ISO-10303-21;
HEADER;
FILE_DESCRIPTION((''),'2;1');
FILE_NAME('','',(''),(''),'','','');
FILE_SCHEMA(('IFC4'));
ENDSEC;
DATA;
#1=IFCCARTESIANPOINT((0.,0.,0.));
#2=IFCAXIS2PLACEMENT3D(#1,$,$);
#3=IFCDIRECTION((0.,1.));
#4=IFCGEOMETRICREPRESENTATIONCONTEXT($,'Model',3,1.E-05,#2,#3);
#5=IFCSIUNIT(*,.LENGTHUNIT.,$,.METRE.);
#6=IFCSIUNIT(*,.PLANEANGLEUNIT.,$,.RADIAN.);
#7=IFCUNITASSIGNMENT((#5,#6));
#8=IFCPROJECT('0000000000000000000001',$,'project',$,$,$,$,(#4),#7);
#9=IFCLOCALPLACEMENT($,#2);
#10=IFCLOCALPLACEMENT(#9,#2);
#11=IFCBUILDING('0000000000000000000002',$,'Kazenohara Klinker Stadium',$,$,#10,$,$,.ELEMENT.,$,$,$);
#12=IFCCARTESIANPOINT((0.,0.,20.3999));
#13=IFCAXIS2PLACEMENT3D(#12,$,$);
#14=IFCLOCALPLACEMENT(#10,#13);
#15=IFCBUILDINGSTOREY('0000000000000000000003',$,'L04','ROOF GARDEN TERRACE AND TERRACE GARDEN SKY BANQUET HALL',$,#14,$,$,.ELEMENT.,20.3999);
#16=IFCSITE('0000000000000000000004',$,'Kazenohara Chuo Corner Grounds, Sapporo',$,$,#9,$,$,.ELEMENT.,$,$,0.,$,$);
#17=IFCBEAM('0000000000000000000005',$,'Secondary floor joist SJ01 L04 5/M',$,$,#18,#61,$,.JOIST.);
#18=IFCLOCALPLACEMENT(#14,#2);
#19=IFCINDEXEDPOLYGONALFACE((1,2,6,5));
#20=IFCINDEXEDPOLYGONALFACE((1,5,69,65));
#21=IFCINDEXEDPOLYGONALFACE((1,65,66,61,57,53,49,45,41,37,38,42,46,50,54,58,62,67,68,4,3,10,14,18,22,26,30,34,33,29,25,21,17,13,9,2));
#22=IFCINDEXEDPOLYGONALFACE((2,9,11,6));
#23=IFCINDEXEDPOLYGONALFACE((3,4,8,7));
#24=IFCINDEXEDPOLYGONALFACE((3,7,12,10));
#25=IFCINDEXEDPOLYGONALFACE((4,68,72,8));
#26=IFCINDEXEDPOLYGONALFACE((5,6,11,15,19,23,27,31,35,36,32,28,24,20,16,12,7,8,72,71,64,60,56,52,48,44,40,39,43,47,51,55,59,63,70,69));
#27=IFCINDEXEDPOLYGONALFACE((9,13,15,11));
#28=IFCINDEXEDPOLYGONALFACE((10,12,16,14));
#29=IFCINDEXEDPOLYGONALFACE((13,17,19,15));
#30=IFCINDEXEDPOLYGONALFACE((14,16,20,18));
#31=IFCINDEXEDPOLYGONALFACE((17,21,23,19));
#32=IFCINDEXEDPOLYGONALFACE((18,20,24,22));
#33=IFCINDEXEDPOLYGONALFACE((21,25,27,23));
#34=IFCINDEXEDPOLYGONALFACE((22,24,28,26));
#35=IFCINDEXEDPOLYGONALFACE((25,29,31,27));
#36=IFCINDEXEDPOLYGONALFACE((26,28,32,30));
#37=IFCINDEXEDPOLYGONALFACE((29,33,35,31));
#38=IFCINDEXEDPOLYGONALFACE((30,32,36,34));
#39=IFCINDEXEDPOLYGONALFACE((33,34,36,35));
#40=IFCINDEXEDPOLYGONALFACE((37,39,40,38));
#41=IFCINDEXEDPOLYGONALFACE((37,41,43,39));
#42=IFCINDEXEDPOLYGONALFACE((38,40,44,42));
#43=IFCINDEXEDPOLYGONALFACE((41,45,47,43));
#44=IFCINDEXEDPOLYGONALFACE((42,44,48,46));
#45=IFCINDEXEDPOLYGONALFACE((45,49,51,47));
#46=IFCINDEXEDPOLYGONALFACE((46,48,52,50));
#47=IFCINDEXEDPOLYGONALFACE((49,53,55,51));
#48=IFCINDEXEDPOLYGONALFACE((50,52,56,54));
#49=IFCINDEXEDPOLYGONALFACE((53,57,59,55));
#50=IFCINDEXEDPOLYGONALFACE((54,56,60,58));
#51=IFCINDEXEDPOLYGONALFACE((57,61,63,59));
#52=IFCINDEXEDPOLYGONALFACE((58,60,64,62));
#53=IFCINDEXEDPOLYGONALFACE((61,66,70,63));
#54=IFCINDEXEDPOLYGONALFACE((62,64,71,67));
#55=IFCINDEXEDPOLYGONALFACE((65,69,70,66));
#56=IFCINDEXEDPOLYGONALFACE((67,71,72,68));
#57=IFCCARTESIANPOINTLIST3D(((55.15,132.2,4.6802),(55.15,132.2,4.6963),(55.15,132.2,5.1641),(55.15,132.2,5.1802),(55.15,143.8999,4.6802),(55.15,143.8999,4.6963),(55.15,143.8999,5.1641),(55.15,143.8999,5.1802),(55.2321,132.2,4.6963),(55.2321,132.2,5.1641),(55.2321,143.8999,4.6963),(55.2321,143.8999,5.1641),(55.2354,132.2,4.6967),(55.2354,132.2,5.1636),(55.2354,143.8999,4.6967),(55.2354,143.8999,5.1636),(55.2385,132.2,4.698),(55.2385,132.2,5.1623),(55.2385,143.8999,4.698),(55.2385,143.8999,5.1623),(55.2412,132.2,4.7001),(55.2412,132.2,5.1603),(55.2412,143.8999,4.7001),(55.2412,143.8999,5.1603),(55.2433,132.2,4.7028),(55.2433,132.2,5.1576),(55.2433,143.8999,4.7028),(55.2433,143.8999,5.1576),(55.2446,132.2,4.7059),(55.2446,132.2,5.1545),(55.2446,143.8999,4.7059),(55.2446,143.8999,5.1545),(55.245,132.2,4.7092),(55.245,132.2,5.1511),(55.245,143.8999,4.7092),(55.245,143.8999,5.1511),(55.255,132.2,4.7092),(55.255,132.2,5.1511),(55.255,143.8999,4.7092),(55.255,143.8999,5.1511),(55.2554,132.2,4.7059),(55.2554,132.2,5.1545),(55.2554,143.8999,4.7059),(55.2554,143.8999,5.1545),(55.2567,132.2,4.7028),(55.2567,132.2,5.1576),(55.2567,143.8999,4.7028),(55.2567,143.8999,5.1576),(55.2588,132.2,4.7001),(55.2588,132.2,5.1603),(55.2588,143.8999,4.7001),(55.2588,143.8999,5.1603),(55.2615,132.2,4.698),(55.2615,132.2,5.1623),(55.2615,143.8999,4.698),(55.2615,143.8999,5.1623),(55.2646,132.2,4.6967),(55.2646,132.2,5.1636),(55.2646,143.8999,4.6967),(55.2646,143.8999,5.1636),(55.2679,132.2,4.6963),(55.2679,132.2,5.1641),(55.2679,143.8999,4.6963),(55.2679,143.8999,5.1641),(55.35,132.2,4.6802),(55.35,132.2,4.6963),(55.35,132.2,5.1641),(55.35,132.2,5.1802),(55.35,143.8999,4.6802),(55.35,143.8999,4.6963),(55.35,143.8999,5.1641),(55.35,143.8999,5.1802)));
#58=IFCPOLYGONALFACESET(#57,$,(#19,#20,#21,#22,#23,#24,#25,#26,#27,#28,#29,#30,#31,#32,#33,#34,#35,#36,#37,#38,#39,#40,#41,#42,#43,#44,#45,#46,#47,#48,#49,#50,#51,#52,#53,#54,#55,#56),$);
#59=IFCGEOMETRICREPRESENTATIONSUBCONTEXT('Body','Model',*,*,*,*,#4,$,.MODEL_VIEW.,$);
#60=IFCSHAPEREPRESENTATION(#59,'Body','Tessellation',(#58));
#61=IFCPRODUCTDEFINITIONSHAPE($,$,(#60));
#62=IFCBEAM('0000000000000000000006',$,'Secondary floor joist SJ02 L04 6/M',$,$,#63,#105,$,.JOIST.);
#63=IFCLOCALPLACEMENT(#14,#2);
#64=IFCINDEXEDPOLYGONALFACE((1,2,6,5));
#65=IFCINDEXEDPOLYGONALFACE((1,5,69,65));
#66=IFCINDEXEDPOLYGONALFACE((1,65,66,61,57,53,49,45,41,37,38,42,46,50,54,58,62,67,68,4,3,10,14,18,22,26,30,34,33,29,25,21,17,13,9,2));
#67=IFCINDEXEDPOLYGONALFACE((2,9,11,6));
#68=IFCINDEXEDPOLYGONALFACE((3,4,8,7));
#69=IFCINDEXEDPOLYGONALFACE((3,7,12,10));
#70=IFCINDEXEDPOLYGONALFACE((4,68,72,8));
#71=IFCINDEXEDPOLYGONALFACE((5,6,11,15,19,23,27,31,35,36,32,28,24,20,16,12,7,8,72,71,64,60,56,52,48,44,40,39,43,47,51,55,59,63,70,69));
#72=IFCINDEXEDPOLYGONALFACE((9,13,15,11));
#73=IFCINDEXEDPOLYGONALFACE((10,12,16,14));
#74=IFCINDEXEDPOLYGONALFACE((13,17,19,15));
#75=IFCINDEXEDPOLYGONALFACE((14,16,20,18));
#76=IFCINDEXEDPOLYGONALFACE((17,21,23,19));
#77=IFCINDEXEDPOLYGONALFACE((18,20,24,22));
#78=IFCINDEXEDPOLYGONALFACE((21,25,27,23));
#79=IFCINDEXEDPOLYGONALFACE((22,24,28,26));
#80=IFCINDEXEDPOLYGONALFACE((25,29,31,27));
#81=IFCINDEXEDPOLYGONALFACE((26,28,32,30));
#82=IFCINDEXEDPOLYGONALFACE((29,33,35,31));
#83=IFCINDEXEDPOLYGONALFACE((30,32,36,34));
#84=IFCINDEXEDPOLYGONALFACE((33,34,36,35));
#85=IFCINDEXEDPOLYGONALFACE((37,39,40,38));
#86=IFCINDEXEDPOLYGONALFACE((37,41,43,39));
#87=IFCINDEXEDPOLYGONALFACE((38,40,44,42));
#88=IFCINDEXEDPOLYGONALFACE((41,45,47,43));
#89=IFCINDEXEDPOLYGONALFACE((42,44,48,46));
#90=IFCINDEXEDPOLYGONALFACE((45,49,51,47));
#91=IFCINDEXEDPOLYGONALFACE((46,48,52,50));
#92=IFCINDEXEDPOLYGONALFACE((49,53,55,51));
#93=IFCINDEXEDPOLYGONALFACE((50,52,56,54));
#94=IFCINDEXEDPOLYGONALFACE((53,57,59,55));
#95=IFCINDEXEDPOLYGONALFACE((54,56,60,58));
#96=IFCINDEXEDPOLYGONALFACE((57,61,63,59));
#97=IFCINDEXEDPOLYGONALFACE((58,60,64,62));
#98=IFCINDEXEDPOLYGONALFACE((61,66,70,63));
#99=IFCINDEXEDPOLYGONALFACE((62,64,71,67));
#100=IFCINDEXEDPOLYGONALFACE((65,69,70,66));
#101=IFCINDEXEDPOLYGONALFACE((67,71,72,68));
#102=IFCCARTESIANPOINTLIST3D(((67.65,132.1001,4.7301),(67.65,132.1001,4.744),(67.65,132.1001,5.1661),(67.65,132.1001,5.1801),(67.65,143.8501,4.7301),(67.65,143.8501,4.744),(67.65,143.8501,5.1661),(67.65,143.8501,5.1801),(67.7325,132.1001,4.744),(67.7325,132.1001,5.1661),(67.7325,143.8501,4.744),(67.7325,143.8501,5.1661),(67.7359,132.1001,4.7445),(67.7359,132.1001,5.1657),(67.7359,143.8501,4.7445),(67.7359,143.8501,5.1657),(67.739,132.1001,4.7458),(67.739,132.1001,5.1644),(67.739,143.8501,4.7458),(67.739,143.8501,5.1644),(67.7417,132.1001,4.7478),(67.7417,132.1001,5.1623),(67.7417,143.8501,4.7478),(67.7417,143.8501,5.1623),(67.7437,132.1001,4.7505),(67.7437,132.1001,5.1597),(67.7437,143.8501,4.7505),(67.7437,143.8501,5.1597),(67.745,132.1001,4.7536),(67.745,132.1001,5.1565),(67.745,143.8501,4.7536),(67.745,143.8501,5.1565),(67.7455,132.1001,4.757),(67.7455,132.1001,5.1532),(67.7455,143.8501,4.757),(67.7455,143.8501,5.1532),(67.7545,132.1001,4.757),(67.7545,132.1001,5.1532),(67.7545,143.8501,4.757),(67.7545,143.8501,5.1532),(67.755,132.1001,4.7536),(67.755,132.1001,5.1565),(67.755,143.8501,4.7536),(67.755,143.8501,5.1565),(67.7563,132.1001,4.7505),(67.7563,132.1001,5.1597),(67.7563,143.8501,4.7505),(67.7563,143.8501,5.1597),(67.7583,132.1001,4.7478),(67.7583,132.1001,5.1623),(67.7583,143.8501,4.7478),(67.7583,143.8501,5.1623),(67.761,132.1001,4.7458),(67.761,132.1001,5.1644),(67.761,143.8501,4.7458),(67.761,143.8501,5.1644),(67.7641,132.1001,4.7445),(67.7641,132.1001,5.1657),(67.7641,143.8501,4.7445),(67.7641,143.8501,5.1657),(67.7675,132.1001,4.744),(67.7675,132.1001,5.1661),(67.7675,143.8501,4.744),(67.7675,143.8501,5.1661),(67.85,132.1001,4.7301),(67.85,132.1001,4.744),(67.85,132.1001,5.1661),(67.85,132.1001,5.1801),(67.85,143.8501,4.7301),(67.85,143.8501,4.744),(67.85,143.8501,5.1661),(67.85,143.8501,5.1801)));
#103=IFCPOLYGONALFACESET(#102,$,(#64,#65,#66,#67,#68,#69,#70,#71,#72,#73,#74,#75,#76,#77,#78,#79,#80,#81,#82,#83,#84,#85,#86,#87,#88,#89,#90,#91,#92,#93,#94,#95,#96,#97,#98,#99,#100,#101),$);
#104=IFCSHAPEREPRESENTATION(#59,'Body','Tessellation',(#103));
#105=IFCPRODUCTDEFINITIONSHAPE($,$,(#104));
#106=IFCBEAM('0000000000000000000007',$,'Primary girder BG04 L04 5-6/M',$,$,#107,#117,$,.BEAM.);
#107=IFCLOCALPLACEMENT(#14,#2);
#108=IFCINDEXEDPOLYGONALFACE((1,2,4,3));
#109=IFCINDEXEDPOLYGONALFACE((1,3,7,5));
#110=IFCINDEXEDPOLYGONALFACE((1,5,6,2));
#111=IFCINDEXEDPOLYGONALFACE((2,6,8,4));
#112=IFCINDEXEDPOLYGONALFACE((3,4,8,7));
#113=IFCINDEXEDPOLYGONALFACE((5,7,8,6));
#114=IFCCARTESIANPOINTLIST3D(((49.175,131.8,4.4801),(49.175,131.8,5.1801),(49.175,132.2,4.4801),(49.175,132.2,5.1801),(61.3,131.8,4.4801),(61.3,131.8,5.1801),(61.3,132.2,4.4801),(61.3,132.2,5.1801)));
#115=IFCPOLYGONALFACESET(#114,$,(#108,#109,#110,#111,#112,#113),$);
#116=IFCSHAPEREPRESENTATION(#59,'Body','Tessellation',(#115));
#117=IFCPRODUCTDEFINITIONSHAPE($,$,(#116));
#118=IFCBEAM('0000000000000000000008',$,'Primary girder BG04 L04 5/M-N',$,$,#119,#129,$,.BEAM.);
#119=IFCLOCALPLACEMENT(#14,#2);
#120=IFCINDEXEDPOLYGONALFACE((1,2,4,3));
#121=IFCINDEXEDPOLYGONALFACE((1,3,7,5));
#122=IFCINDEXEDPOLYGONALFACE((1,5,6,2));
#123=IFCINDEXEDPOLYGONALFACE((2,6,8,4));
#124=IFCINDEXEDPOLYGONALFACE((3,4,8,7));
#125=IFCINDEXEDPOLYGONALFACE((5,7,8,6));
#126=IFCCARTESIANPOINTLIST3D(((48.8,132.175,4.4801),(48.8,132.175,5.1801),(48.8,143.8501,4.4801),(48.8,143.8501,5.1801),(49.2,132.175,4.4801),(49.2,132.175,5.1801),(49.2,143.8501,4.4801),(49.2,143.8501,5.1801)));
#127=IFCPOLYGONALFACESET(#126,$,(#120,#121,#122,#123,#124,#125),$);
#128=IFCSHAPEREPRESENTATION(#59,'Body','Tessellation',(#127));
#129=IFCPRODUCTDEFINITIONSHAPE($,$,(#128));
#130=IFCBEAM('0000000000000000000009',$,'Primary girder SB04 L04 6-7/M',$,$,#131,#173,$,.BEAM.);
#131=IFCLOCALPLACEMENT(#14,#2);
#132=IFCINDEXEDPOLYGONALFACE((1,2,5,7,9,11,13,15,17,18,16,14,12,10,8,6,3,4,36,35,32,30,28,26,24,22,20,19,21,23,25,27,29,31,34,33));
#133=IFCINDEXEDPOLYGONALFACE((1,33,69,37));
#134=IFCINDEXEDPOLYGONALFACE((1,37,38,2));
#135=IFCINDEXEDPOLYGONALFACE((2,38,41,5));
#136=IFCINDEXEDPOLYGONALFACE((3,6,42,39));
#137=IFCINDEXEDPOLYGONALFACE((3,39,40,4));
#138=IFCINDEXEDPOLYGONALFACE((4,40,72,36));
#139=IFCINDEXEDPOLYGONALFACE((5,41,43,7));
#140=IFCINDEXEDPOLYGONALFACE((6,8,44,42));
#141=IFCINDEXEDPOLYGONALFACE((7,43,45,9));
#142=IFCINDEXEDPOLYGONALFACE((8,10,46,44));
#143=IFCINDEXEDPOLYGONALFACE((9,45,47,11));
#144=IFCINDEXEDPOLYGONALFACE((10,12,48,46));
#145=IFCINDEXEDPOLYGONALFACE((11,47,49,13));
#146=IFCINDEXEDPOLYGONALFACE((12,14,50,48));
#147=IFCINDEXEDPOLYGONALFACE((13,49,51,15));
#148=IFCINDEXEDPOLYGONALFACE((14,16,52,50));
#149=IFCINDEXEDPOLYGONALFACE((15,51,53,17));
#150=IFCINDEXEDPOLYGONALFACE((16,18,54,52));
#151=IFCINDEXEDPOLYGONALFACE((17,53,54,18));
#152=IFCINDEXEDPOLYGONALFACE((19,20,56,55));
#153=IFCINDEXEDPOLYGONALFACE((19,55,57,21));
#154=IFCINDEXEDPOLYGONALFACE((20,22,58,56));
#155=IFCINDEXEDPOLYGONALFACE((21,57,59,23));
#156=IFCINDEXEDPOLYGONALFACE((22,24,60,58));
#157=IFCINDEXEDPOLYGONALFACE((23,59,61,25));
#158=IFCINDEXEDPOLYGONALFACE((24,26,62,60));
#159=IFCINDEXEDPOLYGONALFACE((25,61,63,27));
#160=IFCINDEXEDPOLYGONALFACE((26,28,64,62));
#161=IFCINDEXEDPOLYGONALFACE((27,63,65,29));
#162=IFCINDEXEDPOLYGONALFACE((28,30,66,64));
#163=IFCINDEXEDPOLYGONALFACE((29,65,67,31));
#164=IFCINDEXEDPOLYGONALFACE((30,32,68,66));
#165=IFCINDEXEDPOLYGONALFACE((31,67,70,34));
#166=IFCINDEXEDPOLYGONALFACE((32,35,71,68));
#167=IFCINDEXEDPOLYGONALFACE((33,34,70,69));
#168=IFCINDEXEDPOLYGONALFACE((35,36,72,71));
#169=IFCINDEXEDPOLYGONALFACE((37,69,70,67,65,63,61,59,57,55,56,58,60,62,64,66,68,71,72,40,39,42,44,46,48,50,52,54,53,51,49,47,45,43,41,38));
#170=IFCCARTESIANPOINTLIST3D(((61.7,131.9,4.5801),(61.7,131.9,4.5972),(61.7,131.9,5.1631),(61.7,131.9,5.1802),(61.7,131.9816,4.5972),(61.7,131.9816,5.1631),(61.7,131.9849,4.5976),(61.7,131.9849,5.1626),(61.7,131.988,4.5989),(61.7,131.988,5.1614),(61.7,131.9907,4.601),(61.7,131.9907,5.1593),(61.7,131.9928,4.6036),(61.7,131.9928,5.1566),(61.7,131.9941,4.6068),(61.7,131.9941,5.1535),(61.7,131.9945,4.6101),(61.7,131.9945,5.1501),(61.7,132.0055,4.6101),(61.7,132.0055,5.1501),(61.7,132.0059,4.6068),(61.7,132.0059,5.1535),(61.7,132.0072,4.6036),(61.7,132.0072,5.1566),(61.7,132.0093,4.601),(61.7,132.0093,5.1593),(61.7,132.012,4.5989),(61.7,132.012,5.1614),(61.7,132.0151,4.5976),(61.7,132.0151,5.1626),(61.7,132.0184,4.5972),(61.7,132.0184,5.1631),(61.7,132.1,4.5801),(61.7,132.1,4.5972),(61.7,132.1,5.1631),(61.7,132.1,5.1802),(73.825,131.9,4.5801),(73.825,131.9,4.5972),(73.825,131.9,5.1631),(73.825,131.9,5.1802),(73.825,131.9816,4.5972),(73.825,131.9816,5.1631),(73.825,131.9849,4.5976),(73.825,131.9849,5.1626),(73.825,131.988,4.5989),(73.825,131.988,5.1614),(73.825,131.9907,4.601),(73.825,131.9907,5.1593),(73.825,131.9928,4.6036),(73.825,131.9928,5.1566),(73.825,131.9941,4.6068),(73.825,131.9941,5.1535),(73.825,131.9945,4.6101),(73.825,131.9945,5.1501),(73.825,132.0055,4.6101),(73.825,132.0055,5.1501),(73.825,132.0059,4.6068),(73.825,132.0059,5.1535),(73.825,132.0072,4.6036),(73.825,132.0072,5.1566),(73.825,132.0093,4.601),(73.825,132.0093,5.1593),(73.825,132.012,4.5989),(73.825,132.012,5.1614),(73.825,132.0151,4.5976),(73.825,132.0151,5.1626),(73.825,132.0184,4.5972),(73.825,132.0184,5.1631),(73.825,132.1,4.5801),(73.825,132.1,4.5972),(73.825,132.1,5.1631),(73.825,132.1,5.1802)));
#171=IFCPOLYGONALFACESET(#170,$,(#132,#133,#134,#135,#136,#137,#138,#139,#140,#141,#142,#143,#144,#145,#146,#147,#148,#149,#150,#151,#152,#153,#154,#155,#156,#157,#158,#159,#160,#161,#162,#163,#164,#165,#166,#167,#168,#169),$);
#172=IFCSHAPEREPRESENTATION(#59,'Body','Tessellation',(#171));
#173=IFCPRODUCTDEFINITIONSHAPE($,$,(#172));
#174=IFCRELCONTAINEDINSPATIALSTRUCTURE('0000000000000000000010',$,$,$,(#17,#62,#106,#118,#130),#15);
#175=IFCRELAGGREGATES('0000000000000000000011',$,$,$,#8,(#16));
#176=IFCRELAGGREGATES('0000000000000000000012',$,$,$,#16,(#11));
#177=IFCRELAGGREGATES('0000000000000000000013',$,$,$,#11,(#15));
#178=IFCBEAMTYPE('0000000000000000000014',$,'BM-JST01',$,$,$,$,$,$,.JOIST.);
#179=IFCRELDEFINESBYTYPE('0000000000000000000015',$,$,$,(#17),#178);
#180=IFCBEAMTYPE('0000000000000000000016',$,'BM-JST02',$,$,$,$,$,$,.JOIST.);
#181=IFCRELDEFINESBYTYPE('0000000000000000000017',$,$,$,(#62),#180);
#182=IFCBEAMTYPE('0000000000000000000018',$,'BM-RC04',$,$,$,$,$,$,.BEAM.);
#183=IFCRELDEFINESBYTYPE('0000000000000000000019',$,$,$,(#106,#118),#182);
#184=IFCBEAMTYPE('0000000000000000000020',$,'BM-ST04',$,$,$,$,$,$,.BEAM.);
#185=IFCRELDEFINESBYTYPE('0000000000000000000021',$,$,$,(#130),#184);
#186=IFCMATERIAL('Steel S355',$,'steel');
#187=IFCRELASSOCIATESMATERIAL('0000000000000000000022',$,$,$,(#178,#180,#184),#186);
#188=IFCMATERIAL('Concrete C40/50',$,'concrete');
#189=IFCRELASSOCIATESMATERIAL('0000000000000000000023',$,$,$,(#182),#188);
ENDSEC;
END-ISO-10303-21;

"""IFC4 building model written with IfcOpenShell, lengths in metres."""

from ifc_helpers import new_model, si_unit, direction, frame, origin, origin_2d, place, context, subcontext, project, spatial, rectangle, i_section, extrude, material, material_profile, profile_set, type_object, element, save


model = new_model("IFC4")

# Units and contexts
model_context = context("Model", 3, precision=1e-05, world=origin(), true_north=direction((0.0, 1.0)))
body_context = subcontext(model_context, "Body", "Model", "MODEL_VIEW")
ifc_project = project(units=[si_unit("LENGTHUNIT", "METRE"), si_unit("PLANEANGLEUNIT", "RADIAN")], contexts=[model_context])

# Site, building, storey
site_placement = place(None, origin())
site = spatial("IfcSite", under=ifc_project, at=site_placement, Name="Kazenohara Chuo Corner Grounds, Sapporo", CompositionType="ELEMENT", RefElevation=0.0)
building_placement = place(site_placement, origin())
building = spatial("IfcBuilding", under=site, at=building_placement, Name="Kazenohara Klinker Stadium", CompositionType="ELEMENT")
storey_placement = place(building_placement, frame((0.0, 0.0, 20.3999)))
storey = spatial("IfcBuildingStorey", under=building, at=storey_placement, Name="L04", Description="ROOF GARDEN TERRACE AND TERRACE GARDEN SKY BANQUET HALL", CompositionType="ELEMENT", Elevation=20.3999)

# Shared definitions
ifc_material_1 = material(Name="Steel S355", Category="steel")

# Beams
ifc_material_profile_1 = material_profile(ifc_material_1, i_section(OverallWidth=0.2, OverallDepth=0.5, WebThickness=0.01, FlangeThickness=0.0161, FilletRadius=0.0129, at=origin_2d()), Name="H-500x200x10x16")
ifc_profile_set_1 = profile_set([ifc_material_profile_1], Name="Steel S355")
beam_type_1 = type_object("IfcBeamType", Name="BM-JST01", PredefinedType="JOIST", material=ifc_profile_set_1)
beam_1_placement = place(storey_placement, frame((55.25, 132.2, 4.9302), z_axis=(0.0, 1.0, 0.0), x_axis=(-1.0, 0.0, 0.0)))
element("IfcBeam", 1, at=beam_1_placement, inside=storey, type_object=beam_type_1, Name="Secondary floor joist SJ01 L04 5/M", PredefinedType="JOIST", context=body_context, shape_type="SweptSolid", body=[
    extrude(i_section(OverallWidth=0.2, OverallDepth=0.5, WebThickness=0.01, FlangeThickness=0.0161, FilletRadius=0.0129, at=origin_2d()), origin(), (0.0, 0.0, 1.0), 11.7),
])
ifc_material_profile_2 = material_profile(ifc_material_1, i_section(OverallWidth=0.2, OverallDepth=0.45, WebThickness=0.009, FlangeThickness=0.0139, FilletRadius=0.0129, at=origin_2d()), Name="H-450x200x9x14")
ifc_profile_set_2 = profile_set([ifc_material_profile_2], Name="Steel S355")
beam_type_2 = type_object("IfcBeamType", Name="BM-JST02", PredefinedType="JOIST", material=ifc_profile_set_2)
beam_2_placement = place(storey_placement, frame((67.75, 132.1001, 4.9551), z_axis=(0.0, 1.0, 0.0), x_axis=(-1.0, 0.0, 0.0)))
element("IfcBeam", 2, at=beam_2_placement, inside=storey, type_object=beam_type_2, Name="Secondary floor joist SJ02 L04 6/M", PredefinedType="JOIST", context=body_context, shape_type="SweptSolid", body=[
    extrude(i_section(OverallWidth=0.2, OverallDepth=0.45, WebThickness=0.009, FlangeThickness=0.0139, FilletRadius=0.0129, at=origin_2d()), origin(), (0.0, 0.0, 1.0), 11.75),
])
ifc_material_2 = material(Name="Concrete C40/50", Category="concrete")
ifc_material_profile_3 = material_profile(ifc_material_2, rectangle(XDim=0.3999, YDim=0.7, at=origin_2d()), Name="RC-BM-400x700")
ifc_profile_set_3 = profile_set([ifc_material_profile_3], Name="Concrete C40/50")
beam_type_3 = type_object("IfcBeamType", Name="BM-RC04", PredefinedType="BEAM", material=ifc_profile_set_3)
beam_3_placement = place(storey_placement, frame((49.175, 132.0, 4.8301), z_axis=(1.0, 0.0, 0.0), x_axis=(0.0, 1.0, 0.0)))
element("IfcBeam", 3, at=beam_3_placement, inside=storey, type_object=beam_type_3, Name="Primary girder BG04 L04 5-6/M", PredefinedType="BEAM", context=body_context, shape_type="SweptSolid", body=[
    extrude(rectangle(XDim=0.3999, YDim=0.7, at=origin_2d()), origin(), (0.0, 0.0, 1.0), 12.125),
])
beam_4_placement = place(storey_placement, frame((49.0, 132.175, 4.8301), z_axis=(0.0, 1.0, 0.0), x_axis=(-1.0, 0.0, 0.0)))
element("IfcBeam", 4, at=beam_4_placement, inside=storey, type_object=beam_type_3, Name="Primary girder BG04 L04 5/M-N", PredefinedType="BEAM", context=body_context, shape_type="SweptSolid", body=[
    extrude(rectangle(XDim=0.3999, YDim=0.7, at=origin_2d()), origin(), (0.0, 0.0, 1.0), 11.675),
])
ifc_material_profile_4 = material_profile(ifc_material_1, i_section(OverallWidth=0.2, OverallDepth=0.6001, WebThickness=0.011, FlangeThickness=0.0171, FilletRadius=0.0129, at=origin_2d()), Name="H-600x200x11x17")
ifc_profile_set_4 = profile_set([ifc_material_profile_4], Name="Steel S355")
beam_type_4 = type_object("IfcBeamType", Name="BM-ST04", PredefinedType="BEAM", material=ifc_profile_set_4)
beam_5_placement = place(storey_placement, frame((61.7, 132.0, 4.8801), z_axis=(1.0, 0.0, 0.0), x_axis=(0.0, 1.0, 0.0)))
element("IfcBeam", 5, at=beam_5_placement, inside=storey, type_object=beam_type_4, Name="Primary girder SB04 L04 6-7/M", PredefinedType="BEAM", context=body_context, shape_type="SweptSolid", body=[
    extrude(i_section(OverallWidth=0.2, OverallDepth=0.6001, WebThickness=0.011, FlangeThickness=0.0171, FilletRadius=0.0129, at=origin_2d()), origin(), (0.0, 0.0, 1.0), 12.125),
])

save(model, "model.ifc")
